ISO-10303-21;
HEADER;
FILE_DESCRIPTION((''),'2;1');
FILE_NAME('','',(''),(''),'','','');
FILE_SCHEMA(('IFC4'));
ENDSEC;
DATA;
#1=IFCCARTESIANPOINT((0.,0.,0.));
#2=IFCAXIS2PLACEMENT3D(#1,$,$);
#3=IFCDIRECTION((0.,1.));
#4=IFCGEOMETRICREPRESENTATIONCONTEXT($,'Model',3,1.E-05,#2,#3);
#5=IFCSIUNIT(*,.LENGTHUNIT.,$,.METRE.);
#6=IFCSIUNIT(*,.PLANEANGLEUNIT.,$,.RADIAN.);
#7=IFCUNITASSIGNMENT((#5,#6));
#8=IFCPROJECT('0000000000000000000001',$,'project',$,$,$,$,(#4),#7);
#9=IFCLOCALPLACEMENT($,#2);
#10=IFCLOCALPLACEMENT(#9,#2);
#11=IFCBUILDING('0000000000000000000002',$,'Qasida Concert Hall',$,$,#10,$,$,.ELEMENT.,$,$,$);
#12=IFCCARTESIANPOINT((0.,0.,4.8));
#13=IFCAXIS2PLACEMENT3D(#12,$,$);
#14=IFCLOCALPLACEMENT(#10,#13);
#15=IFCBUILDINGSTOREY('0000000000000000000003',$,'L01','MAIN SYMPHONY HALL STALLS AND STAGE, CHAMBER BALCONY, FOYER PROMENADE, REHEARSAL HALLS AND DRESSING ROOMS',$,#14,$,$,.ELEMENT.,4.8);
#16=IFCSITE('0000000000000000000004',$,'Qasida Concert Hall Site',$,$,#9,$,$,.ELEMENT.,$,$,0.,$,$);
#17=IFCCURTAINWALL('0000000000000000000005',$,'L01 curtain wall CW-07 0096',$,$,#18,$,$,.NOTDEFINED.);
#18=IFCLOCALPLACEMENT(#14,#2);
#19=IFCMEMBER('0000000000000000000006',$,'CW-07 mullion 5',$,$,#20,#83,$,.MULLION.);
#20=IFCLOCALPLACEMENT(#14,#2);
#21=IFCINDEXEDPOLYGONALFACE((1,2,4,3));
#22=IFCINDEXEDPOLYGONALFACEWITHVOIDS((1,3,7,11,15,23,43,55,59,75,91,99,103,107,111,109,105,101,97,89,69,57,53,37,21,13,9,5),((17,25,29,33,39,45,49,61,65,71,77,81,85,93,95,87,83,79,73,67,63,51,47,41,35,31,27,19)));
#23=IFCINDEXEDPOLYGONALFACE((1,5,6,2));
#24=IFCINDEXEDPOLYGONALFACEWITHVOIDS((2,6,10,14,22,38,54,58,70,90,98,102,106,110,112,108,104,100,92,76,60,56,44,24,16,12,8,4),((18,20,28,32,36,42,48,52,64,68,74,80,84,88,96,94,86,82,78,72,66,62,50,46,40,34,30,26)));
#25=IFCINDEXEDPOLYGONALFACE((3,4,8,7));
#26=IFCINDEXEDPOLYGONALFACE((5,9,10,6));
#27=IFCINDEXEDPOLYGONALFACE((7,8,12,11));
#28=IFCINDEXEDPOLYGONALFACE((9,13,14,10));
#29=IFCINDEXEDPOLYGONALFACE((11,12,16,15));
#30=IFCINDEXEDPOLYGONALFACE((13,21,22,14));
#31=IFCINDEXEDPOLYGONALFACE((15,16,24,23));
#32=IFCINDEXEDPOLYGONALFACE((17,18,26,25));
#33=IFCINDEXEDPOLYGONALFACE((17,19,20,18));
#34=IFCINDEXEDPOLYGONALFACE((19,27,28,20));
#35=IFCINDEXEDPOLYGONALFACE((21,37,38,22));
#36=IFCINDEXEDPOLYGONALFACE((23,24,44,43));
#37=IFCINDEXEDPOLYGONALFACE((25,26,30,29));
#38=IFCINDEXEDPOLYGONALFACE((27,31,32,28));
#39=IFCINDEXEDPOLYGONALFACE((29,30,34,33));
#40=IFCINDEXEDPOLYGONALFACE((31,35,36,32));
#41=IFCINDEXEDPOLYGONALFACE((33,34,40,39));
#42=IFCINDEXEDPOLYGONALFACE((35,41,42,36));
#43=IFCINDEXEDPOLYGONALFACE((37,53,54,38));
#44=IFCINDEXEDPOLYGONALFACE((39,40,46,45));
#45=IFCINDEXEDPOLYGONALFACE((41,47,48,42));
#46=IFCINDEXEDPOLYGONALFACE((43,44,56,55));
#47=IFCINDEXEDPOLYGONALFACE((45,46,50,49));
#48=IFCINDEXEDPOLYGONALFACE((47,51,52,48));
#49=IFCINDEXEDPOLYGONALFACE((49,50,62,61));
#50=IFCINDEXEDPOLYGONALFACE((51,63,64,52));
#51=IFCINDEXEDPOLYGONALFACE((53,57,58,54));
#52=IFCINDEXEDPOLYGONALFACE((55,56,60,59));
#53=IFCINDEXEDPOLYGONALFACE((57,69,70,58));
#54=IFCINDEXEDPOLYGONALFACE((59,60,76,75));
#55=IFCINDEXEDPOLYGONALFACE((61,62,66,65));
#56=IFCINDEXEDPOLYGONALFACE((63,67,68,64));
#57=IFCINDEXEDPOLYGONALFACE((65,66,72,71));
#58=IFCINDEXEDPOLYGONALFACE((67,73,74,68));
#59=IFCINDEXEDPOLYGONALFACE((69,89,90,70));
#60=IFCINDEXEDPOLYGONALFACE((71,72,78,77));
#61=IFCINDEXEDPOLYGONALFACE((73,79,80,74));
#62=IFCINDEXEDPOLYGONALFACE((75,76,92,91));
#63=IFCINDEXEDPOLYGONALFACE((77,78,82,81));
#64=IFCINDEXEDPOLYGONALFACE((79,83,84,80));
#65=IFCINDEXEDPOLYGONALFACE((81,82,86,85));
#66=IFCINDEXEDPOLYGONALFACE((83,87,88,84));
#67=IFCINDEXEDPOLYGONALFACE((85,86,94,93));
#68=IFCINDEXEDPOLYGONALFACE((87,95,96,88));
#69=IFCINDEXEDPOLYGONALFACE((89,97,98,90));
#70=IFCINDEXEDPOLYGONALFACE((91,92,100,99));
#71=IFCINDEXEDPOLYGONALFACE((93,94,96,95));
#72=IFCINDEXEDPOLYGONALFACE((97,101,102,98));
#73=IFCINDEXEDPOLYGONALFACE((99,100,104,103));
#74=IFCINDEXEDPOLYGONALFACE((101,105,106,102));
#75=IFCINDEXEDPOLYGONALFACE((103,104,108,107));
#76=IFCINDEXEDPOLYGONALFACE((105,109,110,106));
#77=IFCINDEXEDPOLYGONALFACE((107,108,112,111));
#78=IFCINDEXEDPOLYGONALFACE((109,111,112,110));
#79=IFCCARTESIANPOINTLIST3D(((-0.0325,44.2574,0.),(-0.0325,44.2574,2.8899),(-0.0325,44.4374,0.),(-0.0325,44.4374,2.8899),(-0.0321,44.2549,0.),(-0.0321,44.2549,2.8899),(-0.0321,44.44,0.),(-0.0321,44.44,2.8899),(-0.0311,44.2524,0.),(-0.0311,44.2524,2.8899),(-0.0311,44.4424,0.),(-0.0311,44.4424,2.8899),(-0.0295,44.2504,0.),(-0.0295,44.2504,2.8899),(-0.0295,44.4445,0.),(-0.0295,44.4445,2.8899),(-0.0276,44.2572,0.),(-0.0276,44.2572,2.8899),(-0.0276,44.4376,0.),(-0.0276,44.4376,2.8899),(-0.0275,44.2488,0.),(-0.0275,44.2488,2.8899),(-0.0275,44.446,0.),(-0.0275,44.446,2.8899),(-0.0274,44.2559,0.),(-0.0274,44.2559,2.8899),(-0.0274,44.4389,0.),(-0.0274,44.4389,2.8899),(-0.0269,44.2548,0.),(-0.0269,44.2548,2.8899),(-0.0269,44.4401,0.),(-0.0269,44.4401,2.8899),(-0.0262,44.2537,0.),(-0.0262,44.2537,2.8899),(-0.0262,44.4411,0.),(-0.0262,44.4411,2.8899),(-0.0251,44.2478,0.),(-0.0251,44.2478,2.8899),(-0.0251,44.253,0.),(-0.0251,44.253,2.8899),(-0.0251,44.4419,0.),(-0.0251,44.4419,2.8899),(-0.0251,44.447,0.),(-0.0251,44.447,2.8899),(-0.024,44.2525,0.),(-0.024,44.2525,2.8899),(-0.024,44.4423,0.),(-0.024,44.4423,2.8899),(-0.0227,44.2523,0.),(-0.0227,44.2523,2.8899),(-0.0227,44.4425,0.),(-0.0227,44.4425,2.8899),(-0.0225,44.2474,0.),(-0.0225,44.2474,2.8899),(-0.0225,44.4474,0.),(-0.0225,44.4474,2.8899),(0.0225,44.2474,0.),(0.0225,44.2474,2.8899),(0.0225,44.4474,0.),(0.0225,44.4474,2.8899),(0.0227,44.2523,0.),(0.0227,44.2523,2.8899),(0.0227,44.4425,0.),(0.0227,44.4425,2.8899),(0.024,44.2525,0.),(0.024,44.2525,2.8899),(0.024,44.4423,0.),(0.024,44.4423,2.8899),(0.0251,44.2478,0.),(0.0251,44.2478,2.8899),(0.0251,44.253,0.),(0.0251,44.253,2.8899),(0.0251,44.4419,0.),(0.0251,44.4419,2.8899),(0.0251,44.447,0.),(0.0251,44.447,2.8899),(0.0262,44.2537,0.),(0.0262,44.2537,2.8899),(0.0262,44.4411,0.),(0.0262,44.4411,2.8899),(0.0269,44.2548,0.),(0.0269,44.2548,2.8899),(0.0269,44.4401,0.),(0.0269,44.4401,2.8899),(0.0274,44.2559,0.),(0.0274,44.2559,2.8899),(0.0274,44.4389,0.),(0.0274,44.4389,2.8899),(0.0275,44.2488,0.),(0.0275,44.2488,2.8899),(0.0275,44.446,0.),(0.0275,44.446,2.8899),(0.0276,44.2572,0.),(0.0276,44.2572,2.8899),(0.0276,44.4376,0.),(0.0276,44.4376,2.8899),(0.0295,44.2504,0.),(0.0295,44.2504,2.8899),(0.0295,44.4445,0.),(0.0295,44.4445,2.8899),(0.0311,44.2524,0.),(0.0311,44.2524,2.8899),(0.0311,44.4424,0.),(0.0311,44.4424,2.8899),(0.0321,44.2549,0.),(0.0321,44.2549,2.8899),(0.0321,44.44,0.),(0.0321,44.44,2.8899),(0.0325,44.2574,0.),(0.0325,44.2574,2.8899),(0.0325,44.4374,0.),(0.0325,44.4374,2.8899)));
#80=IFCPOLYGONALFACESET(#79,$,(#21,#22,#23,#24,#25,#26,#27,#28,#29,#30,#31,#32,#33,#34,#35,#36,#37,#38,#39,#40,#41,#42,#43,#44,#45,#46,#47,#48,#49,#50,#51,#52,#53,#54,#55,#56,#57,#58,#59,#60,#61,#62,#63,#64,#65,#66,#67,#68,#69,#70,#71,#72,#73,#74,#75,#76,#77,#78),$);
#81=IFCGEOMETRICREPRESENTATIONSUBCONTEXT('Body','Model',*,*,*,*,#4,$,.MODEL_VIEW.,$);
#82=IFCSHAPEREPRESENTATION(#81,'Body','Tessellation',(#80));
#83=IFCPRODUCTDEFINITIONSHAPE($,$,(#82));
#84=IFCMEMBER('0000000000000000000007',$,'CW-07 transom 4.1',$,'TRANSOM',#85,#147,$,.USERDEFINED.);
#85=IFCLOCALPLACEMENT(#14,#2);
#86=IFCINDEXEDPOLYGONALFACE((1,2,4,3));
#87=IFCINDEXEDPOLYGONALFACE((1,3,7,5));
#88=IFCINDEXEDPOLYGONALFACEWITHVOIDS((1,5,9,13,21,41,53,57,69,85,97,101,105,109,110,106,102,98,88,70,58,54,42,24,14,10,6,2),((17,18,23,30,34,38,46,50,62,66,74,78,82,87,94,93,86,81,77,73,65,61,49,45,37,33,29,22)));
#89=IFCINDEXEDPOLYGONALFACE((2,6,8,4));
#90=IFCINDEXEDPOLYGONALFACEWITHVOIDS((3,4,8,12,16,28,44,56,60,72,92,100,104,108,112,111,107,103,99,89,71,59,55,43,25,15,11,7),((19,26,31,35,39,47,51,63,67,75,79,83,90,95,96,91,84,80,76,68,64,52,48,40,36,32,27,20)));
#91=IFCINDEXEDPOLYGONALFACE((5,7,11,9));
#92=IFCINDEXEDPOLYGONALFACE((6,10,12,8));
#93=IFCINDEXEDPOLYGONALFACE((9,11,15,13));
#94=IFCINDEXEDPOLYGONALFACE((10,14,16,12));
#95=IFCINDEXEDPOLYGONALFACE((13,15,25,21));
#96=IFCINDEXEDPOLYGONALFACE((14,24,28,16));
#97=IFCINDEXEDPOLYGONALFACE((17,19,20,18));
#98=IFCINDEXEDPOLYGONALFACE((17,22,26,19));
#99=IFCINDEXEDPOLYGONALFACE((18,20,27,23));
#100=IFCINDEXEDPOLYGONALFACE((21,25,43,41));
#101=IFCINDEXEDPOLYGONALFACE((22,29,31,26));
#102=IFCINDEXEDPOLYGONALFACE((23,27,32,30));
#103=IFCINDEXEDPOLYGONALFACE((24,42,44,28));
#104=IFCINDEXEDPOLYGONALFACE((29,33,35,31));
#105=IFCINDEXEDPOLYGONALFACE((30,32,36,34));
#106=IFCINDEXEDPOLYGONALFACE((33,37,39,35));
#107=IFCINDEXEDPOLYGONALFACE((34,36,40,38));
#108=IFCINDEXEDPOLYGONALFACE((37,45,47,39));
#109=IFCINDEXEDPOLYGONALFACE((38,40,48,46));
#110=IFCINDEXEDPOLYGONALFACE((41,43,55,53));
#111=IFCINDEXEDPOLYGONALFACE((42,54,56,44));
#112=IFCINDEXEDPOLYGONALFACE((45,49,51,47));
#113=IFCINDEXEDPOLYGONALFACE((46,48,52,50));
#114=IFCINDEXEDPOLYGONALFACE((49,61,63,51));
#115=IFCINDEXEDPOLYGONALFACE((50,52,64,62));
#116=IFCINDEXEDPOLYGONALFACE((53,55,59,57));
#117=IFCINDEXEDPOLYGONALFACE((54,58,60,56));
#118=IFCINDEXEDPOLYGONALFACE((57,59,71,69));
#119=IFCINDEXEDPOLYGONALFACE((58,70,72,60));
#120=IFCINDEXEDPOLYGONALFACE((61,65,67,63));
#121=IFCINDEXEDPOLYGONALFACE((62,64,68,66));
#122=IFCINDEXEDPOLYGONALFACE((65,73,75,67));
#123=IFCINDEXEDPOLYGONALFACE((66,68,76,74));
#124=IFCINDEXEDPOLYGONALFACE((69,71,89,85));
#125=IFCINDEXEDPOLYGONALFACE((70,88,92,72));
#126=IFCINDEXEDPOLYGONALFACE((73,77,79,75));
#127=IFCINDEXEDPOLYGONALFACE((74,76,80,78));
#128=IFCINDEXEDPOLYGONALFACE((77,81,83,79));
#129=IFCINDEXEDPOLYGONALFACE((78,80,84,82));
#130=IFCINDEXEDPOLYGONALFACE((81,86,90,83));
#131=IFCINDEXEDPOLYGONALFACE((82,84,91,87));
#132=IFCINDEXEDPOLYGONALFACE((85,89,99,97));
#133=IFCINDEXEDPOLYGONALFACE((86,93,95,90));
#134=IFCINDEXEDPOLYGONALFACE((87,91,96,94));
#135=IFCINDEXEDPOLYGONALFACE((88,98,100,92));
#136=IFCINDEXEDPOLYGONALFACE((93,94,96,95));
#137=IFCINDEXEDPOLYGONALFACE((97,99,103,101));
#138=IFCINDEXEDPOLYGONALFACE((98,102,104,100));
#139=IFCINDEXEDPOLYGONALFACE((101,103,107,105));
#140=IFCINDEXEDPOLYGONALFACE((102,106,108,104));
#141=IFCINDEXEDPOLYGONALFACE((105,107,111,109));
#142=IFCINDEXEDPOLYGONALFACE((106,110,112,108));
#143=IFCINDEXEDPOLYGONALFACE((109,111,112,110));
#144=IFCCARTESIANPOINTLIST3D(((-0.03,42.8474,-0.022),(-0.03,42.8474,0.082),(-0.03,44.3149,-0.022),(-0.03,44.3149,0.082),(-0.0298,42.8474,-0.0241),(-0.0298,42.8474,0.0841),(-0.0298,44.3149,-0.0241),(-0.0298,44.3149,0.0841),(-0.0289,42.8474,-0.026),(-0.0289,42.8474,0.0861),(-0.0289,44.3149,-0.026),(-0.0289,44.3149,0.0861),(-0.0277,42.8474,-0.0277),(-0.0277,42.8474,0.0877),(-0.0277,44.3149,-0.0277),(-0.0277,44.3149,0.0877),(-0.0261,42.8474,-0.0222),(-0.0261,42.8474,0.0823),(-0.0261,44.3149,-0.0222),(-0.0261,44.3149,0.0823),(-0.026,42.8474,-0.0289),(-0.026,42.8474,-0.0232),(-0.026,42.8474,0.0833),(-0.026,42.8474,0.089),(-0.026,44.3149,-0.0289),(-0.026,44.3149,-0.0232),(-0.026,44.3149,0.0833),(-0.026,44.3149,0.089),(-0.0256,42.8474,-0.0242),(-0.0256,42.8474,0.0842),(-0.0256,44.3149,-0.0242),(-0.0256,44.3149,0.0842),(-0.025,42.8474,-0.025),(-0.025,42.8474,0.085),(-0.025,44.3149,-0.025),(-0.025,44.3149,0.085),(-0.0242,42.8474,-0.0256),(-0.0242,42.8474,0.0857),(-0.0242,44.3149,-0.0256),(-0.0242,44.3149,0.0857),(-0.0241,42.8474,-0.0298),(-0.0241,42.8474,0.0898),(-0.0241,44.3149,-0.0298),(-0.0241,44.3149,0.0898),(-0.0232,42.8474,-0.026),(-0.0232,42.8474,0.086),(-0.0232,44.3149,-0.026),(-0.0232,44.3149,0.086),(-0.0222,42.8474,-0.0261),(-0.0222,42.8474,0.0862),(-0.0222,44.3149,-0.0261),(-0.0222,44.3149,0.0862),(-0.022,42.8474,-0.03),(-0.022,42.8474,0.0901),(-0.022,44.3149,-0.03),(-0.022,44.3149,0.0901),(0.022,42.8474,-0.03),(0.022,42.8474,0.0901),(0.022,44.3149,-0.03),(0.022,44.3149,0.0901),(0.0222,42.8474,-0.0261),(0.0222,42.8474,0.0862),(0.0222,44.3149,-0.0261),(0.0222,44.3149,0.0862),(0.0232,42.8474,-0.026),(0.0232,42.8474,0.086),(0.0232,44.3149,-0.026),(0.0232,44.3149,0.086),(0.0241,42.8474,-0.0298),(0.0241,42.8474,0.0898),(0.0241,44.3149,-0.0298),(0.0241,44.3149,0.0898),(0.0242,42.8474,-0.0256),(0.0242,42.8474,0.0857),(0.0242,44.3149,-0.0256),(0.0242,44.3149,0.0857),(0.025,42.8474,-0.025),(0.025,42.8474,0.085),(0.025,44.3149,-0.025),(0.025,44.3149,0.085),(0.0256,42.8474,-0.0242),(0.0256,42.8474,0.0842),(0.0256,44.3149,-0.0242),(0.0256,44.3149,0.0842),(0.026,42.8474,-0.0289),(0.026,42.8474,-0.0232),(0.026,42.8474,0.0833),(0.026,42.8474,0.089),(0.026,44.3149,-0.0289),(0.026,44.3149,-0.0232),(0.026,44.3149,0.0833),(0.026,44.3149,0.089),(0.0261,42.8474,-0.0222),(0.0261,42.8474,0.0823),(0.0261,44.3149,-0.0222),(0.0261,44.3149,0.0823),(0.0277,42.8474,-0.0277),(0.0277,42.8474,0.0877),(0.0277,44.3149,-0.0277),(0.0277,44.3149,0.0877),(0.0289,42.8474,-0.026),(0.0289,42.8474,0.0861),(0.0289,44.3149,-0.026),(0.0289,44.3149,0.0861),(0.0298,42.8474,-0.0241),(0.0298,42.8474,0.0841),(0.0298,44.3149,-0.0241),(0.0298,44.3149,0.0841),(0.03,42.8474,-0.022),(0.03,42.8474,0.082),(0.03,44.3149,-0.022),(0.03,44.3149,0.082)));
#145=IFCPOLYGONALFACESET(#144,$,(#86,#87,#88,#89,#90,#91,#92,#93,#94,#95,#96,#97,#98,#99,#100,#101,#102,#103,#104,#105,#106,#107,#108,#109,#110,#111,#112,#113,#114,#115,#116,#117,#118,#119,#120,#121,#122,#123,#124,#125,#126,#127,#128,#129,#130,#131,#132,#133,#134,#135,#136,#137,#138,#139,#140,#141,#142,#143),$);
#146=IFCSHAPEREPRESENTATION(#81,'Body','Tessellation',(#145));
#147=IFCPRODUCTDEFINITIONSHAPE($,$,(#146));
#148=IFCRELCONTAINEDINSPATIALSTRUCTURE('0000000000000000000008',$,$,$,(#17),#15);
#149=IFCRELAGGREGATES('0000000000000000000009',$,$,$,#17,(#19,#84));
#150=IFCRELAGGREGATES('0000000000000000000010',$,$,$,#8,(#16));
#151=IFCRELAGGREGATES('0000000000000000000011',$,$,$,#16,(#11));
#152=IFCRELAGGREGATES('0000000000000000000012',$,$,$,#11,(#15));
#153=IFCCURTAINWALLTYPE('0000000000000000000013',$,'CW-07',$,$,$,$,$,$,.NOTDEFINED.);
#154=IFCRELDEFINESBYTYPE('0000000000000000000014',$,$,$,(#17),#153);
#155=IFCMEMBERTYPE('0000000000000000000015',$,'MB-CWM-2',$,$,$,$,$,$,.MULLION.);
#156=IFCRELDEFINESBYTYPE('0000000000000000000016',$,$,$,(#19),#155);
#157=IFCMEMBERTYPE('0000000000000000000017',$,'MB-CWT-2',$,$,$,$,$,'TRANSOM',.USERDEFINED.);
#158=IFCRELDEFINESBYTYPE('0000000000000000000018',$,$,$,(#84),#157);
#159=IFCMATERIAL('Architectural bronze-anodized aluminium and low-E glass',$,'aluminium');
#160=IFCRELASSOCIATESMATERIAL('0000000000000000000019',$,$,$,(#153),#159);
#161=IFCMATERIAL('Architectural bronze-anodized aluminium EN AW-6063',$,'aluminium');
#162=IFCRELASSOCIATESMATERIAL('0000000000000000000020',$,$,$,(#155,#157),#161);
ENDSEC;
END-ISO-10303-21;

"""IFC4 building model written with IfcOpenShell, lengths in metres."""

from ifc_helpers import new_model, si_unit, direction, frame, origin, origin_2d, place, context, subcontext, project, spatial, hollow_rectangle, extrude, material, material_profile, profile_set, type_object, element, aggregate, save


model = new_model("IFC4")

# Units and contexts
model_context = context("Model", 3, precision=1e-05, world=origin(), true_north=direction((0.0, 1.0)))
body_context = subcontext(model_context, "Body", "Model", "MODEL_VIEW")
ifc_project = project(units=[si_unit("LENGTHUNIT", "METRE"), si_unit("PLANEANGLEUNIT", "RADIAN")], contexts=[model_context])

# Site, building, storey
site_placement = place(None, origin())
site = spatial("IfcSite", under=ifc_project, at=site_placement, Name="Qasida Concert Hall Site", CompositionType="ELEMENT", RefElevation=0.0)
building_placement = place(site_placement, origin())
building = spatial("IfcBuilding", under=site, at=building_placement, Name="Qasida Concert Hall", CompositionType="ELEMENT")
storey_placement = place(building_placement, frame((0.0, 0.0, 4.8)))
storey = spatial("IfcBuildingStorey", under=building, at=storey_placement, Name="L01", Description="MAIN SYMPHONY HALL STALLS AND STAGE, CHAMBER BALCONY, FOYER PROMENADE, REHEARSAL HALLS AND DRESSING ROOMS", CompositionType="ELEMENT", Elevation=4.8)

# Curtain wall, members
ifc_material_1 = material(Name="Architectural bronze-anodized aluminium and low-E glass", Category="aluminium")
curtain_wall_type = type_object("IfcCurtainWallType", Name="CW-07", PredefinedType="NOTDEFINED", material=ifc_material_1)
curtain_wall_placement = place(storey_placement, origin())
curtain_wall = element("IfcCurtainWall", 1, at=curtain_wall_placement, inside=storey, type_object=curtain_wall_type, Name="L01 curtain wall CW-07 0096", PredefinedType="NOTDEFINED")
ifc_material_2 = material(Name="Architectural bronze-anodized aluminium EN AW-6063", Category="aluminium")
ifc_material_profile_1 = material_profile(ifc_material_2, hollow_rectangle(XDim=0.0649, YDim=0.2, WallThickness=0.0049, InnerFilletRadius=0.0049, OuterFilletRadius=0.01, at=origin_2d()), Name="CWM 200x65x5")
ifc_profile_set_1 = profile_set([ifc_material_profile_1], Name="Architectural bronze-anodized aluminium EN AW-6063")
member_type_1 = type_object("IfcMemberType", Name="MB-CWM-2", PredefinedType="MULLION", material=ifc_profile_set_1)
member_1_placement = place(storey_placement, frame((0.0, 44.3474, 0.0), z_axis=(0.0, 0.0, 1.0), x_axis=(-1.0, 0.0, 0.0)))
member_1 = element("IfcMember", 2, at=member_1_placement, type_object=member_type_1, Name="CW-07 mullion 5", PredefinedType="MULLION", context=body_context, shape_type="SweptSolid", body=[
    extrude(hollow_rectangle(XDim=0.0649, YDim=0.2, WallThickness=0.0049, InnerFilletRadius=0.0049, OuterFilletRadius=0.01, at=origin_2d()), origin(), (0.0, 0.0, 1.0), 2.8899),
])
ifc_material_profile_2 = material_profile(ifc_material_2, hollow_rectangle(XDim=0.0601, YDim=0.1201, WallThickness=0.0039, InnerFilletRadius=0.0039, OuterFilletRadius=0.0081, at=origin_2d()), Name="CWT 120x60x4")
ifc_profile_set_2 = profile_set([ifc_material_profile_2], Name="Architectural bronze-anodized aluminium EN AW-6063")
member_type_2 = type_object("IfcMemberType", Name="MB-CWT-2", ElementType="TRANSOM", PredefinedType="USERDEFINED", material=ifc_profile_set_2)
member_2_placement = place(storey_placement, frame((0.0, 42.8474, 0.03), z_axis=(0.0, 1.0, 0.0), x_axis=(-1.0, 0.0, 0.0)))
member_2 = element("IfcMember", 3, at=member_2_placement, type_object=member_type_2, Name="CW-07 transom 4.1", ObjectType="TRANSOM", PredefinedType="USERDEFINED", context=body_context, shape_type="SweptSolid", body=[
    extrude(hollow_rectangle(XDim=0.0601, YDim=0.1201, WallThickness=0.0039, InnerFilletRadius=0.0039, OuterFilletRadius=0.0081, at=origin_2d()), origin(), (0.0, 0.0, 1.0), 1.4675),
])
aggregate(curtain_wall, [member_1, member_2])

save(model, "model.ifc")
